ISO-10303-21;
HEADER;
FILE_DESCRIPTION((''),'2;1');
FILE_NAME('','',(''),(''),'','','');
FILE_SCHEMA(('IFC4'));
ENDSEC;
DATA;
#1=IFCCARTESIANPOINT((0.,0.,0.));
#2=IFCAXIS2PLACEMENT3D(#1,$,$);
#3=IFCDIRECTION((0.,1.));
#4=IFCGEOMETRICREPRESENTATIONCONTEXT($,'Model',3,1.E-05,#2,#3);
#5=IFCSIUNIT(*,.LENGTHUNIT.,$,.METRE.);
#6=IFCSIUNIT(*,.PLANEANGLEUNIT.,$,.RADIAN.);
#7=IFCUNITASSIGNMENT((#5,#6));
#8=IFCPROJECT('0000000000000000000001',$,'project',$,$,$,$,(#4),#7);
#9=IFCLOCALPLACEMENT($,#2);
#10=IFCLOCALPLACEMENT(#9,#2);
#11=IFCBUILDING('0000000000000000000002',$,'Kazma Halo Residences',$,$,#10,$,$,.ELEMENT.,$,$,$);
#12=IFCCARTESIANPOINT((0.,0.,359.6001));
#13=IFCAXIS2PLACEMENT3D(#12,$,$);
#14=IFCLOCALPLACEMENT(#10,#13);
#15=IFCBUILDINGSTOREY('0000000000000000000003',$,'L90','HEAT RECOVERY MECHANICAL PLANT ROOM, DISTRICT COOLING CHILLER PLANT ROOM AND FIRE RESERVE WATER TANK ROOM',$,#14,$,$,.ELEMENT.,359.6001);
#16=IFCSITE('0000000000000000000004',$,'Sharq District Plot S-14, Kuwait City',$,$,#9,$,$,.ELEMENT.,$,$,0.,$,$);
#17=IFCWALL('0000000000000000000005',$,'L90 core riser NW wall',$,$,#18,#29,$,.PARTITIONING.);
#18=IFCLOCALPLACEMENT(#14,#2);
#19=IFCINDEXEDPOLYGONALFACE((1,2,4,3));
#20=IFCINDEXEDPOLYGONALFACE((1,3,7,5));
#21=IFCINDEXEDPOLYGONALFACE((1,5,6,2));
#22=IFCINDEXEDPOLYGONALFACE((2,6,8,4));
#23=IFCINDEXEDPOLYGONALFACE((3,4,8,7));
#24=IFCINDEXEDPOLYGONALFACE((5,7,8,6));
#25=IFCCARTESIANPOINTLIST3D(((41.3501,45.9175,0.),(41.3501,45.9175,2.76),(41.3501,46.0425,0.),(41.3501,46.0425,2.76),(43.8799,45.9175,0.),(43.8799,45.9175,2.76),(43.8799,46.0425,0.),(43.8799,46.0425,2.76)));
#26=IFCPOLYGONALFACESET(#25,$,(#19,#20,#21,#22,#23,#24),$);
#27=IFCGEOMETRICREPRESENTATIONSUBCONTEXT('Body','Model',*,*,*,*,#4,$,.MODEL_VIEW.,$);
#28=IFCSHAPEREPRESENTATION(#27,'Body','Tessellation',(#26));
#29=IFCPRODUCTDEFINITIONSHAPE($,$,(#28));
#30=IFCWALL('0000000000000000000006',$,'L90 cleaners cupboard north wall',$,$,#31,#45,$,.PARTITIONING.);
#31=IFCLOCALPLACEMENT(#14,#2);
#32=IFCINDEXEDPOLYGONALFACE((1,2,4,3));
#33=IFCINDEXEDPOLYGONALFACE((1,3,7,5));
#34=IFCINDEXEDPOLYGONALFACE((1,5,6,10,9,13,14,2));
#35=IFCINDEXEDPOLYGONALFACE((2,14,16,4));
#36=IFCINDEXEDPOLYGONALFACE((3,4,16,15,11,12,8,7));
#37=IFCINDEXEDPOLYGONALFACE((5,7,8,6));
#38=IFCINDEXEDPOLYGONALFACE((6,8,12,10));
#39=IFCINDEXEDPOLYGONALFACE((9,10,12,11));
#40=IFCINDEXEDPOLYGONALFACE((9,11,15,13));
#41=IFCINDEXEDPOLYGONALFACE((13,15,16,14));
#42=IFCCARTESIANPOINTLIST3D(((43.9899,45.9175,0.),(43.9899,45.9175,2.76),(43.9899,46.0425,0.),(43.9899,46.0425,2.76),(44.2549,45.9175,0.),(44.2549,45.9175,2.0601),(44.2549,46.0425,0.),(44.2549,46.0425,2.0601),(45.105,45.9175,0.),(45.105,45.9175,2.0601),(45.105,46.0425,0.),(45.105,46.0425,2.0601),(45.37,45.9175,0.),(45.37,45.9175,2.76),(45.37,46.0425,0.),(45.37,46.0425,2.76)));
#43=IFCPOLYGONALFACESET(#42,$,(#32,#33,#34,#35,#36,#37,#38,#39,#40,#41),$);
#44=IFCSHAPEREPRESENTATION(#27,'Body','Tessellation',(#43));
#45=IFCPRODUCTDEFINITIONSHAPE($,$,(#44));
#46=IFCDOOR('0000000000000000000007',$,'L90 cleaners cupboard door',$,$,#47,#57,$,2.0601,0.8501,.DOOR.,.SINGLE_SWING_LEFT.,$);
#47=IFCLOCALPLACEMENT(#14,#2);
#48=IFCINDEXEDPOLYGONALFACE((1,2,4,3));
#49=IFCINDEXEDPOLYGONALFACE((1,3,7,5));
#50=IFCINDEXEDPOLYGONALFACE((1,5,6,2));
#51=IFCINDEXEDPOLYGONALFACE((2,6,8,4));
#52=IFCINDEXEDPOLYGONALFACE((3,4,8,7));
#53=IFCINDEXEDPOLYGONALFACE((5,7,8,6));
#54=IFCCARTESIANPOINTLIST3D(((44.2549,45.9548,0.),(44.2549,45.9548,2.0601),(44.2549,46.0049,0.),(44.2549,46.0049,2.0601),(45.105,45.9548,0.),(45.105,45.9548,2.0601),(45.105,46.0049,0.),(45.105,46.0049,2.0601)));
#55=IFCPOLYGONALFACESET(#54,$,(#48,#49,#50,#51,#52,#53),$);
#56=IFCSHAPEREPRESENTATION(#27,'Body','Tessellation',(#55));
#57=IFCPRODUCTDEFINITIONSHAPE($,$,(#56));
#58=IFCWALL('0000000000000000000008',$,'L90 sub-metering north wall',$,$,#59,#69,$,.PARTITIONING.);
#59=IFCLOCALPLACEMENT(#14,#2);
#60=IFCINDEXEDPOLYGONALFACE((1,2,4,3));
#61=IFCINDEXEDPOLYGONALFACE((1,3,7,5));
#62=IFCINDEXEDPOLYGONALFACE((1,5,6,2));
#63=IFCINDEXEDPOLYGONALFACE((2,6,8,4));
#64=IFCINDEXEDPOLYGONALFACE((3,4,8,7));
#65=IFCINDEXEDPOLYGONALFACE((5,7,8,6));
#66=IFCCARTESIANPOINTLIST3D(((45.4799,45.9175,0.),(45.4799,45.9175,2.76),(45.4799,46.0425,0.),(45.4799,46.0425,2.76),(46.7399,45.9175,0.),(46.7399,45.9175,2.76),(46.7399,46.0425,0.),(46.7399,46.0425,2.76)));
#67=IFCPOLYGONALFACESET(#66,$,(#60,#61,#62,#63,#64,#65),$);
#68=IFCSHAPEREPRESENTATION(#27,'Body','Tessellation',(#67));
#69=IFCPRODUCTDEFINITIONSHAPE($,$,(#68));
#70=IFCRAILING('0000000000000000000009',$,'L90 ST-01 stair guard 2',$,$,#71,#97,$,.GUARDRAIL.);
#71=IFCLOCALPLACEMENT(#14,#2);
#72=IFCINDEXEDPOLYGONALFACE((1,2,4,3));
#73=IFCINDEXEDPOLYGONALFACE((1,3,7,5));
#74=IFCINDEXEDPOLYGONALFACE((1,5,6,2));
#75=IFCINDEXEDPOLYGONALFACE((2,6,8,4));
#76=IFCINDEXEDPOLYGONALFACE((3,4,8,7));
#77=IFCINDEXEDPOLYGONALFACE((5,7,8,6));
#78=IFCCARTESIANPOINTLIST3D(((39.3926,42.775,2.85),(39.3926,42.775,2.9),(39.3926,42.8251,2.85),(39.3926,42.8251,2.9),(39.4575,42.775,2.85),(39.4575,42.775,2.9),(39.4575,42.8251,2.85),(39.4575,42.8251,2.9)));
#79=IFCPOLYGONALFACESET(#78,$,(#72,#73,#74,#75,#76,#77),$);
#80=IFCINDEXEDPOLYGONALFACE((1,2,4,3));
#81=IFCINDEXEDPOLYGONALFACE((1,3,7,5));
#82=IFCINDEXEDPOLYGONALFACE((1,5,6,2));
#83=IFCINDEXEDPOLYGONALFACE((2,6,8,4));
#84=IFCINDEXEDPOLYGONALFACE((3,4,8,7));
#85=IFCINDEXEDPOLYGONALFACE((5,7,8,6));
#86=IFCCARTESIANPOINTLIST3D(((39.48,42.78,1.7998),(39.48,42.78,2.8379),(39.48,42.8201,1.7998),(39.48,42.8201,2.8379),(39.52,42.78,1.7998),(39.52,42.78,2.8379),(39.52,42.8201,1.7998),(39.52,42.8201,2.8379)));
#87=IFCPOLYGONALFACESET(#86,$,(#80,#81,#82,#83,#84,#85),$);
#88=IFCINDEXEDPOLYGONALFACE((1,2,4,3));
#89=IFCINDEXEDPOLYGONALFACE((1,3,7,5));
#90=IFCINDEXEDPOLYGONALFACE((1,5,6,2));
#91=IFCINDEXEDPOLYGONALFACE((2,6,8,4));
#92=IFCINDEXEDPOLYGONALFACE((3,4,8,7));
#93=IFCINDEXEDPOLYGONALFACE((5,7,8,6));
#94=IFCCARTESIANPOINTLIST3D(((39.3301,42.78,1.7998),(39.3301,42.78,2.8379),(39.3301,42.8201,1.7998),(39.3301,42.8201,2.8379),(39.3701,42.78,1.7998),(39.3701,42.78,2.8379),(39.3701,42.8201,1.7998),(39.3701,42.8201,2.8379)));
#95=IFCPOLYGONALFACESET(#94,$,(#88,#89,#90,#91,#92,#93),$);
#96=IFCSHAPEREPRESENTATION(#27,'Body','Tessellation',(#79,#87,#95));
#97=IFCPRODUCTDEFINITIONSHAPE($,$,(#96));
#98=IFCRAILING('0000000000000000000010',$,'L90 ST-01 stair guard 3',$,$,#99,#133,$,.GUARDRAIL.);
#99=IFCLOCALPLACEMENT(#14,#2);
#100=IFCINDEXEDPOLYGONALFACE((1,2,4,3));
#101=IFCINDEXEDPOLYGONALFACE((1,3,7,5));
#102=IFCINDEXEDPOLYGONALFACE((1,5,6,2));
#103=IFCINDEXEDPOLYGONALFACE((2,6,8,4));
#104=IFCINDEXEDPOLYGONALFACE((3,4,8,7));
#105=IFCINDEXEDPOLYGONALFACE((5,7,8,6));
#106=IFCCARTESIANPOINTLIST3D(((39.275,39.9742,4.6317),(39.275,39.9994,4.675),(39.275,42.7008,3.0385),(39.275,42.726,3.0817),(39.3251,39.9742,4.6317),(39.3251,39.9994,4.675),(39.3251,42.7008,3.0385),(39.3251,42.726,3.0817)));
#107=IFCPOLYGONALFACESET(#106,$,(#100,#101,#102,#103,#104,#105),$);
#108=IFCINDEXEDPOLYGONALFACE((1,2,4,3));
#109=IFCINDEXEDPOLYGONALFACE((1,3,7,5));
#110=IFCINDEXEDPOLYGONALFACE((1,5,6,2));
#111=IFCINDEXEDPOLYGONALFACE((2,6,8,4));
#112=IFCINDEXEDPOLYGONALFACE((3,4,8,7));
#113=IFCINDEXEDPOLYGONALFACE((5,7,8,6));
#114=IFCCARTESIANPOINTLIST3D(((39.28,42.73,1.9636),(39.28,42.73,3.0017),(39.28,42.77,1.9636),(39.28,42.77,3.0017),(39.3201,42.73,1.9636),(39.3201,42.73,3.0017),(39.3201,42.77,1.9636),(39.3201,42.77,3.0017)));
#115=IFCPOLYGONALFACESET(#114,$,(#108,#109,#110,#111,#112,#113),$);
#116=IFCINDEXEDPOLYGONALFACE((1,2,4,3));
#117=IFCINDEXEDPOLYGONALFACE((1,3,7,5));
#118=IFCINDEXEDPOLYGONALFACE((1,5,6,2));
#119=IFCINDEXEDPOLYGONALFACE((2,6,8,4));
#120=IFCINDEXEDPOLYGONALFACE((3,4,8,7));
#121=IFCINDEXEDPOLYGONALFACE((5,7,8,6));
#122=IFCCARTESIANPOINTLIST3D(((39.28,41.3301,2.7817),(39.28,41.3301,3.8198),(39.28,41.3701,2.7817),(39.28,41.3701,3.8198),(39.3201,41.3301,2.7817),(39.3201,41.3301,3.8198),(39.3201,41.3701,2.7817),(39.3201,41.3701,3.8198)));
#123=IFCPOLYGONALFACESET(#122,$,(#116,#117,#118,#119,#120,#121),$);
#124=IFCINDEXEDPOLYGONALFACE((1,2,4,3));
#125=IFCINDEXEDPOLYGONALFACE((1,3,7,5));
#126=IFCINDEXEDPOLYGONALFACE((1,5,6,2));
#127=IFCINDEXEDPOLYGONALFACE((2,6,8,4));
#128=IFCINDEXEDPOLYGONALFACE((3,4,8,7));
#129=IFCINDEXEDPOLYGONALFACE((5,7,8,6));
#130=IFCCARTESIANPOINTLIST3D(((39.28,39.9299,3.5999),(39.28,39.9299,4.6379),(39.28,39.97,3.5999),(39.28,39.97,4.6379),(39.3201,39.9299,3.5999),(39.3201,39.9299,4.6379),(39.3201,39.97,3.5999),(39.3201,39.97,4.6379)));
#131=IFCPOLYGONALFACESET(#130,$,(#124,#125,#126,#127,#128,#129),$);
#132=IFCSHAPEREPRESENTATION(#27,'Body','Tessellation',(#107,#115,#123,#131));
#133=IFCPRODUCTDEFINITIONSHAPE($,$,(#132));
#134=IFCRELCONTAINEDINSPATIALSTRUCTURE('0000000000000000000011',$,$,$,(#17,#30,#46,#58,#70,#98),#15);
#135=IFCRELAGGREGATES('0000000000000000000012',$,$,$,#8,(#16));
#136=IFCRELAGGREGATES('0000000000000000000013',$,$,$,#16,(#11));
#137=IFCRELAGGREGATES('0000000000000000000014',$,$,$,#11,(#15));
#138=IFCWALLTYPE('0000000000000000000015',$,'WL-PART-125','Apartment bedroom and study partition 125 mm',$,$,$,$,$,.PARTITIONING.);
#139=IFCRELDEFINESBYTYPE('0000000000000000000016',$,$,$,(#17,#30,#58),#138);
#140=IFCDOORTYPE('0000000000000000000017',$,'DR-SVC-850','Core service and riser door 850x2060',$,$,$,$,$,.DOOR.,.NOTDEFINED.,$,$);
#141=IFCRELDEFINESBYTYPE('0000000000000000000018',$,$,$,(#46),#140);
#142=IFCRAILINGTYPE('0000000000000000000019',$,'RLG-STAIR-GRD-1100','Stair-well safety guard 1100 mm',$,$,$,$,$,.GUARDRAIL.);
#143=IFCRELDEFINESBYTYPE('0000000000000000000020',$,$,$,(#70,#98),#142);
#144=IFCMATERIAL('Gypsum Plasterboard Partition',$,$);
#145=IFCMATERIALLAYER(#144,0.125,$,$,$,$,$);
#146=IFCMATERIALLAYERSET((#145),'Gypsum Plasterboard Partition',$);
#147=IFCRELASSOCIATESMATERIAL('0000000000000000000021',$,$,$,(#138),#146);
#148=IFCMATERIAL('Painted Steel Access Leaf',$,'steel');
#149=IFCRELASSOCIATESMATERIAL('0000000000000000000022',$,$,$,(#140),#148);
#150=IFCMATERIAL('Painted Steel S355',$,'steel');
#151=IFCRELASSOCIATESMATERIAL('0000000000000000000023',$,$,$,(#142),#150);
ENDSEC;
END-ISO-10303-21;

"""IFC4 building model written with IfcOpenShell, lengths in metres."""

from ifc_helpers import new_model, si_unit, direction, frame, frame_2d, origin, origin_2d, place, context, subcontext, project, spatial, rectangle, extrude, material, layer, layer_set, type_object, element, fill, save


model = new_model("IFC4")

# Units and contexts
model_context = context("Model", 3, precision=1e-05, world=origin(), true_north=direction((0.0, 1.0)))
body_context = subcontext(model_context, "Body", "Model", "MODEL_VIEW")
ifc_project = project(units=[si_unit("LENGTHUNIT", "METRE"), si_unit("PLANEANGLEUNIT", "RADIAN")], contexts=[model_context])

# Site, building, storey
site_placement = place(None, origin())
site = spatial("IfcSite", under=ifc_project, at=site_placement, Name="Sharq District Plot S-14, Kuwait City", CompositionType="ELEMENT", RefElevation=0.0)
building_placement = place(site_placement, origin())
building = spatial("IfcBuilding", under=site, at=building_placement, Name="Kazma Halo Residences", CompositionType="ELEMENT")
storey_placement = place(building_placement, frame((0.0, 0.0, 359.6001)))
storey = spatial("IfcBuildingStorey", under=building, at=storey_placement, Name="L90", Description="HEAT RECOVERY MECHANICAL PLANT ROOM, DISTRICT COOLING CHILLER PLANT ROOM AND FIRE RESERVE WATER TANK ROOM", CompositionType="ELEMENT", Elevation=359.6001)

# Shared definitions
ifc_material_1 = material(Name="Gypsum Plasterboard Partition")
ifc_layer_1 = layer(ifc_material_1, 0.125)
ifc_layer_set_1 = layer_set([ifc_layer_1], Name="Gypsum Plasterboard Partition")
wall_type_1 = type_object("IfcWallType", Name="WL-PART-125", Description="Apartment bedroom and study partition 125 mm", PredefinedType="PARTITIONING", material=ifc_layer_set_1)

# Shared definitions
ifc_material_2 = material(Name="Painted Steel Access Leaf", Category="steel")
door_type_1 = type_object("IfcDoorType", Name="DR-SVC-850", Description="Core service and riser door 850x2060", OperationType="NOTDEFINED", PredefinedType="DOOR", material=ifc_material_2)

# Wall
wall_1_placement = place(storey_placement, frame((41.3501, 45.98, 0.0), z_axis=(0.0, 0.0, 1.0), x_axis=(1.0, 0.0, 0.0)))
element("IfcWall", 1, at=wall_1_placement, inside=storey, type_object=wall_type_1, Name="L90 core riser NW wall", PredefinedType="PARTITIONING", context=body_context, shape_type="SweptSolid", body=[
    extrude(rectangle(XDim=2.5298, YDim=0.125, at=frame_2d((1.2649, 0.0))), origin(), (0.0, 0.0, 1.0), 2.76),
])

# Wall, opening, door
wall_2_placement = place(storey_placement, frame((43.99, 45.98, 0.0), z_axis=(0.0, 0.0, 1.0), x_axis=(1.0, 0.0, 0.0)))
wall_2 = element("IfcWall", 2, at=wall_2_placement, inside=storey, type_object=wall_type_1, Name="L90 cleaners cupboard north wall", PredefinedType="PARTITIONING", context=body_context, shape_type="SweptSolid", body=[
    extrude(rectangle(XDim=1.3801, YDim=0.125, at=frame_2d((0.6899, 0.0))), origin(), (0.0, 0.0, 1.0), 2.76),
])
opening_1_placement = place(wall_2_placement, frame((0.2649, 0.0, 0.0)))
opening_1 = element("IfcOpeningElement", 3, at=opening_1_placement, cuts=wall_2, PredefinedType="OPENING", context=body_context, shape_type="SweptSolid", body=[
    extrude(rectangle(XDim=0.8501, YDim=2.0601, at=frame_2d((0.425, 1.03))), frame((0.0, 0.0725, 0.0), z_axis=(0.0, -1.0, 0.0), x_axis=(1.0, 0.0, 0.0)), (0.0, 0.0, 1.0), 0.145),
])
door_1_placement = place(opening_1_placement, origin())
door_1 = element("IfcDoor", 4, at=door_1_placement, inside=storey, type_object=door_type_1, Name="L90 cleaners cupboard door", OperationType="SINGLE_SWING_LEFT", OverallHeight=2.0601, OverallWidth=0.8501, PredefinedType="DOOR", context=body_context, shape_type="SweptSolid", body=[
    extrude(rectangle(XDim=0.8501, YDim=2.0601, at=frame_2d((0.425, 1.03))), frame((0.0, 0.0249, 0.0), z_axis=(0.0, -1.0, 0.0), x_axis=(1.0, 0.0, 0.0)), (0.0, 0.0, 1.0), 0.05),
])
fill(opening_1, door_1)

# Wall
wall_3_placement = place(storey_placement, frame((45.48, 45.98, 0.0), z_axis=(0.0, 0.0, 1.0), x_axis=(1.0, 0.0, 0.0)))
element("IfcWall", 5, at=wall_3_placement, inside=storey, type_object=wall_type_1, Name="L90 sub-metering north wall", PredefinedType="PARTITIONING", context=body_context, shape_type="SweptSolid", body=[
    extrude(rectangle(XDim=1.26, YDim=0.125, at=frame_2d((0.6299, 0.0))), origin(), (0.0, 0.0, 1.0), 2.76),
])

# Railings
ifc_material_3 = material(Name="Painted Steel S355", Category="steel")
railing_type = type_object("IfcRailingType", Name="RLG-STAIR-GRD-1100", Description="Stair-well safety guard 1100 mm", PredefinedType="GUARDRAIL", material=ifc_material_3)
railing_1_placement = place(storey_placement, frame((39.5, 42.8, 1.7998)))
element("IfcRailing", 6, at=railing_1_placement, inside=storey, type_object=railing_type, Name="L90 ST-01 stair guard 2", PredefinedType="GUARDRAIL", context=body_context, shape_type="SweptSolid", body=[
    extrude(rectangle(XDim=0.05, YDim=0.05, at=origin_2d()), frame((-0.0425, 0.0, 1.0752), z_axis=(-1.0, 0.0, 0.0), x_axis=(0.0, -1.0, 0.0)), (0.0, 0.0, 1.0), 0.0649),
    extrude(rectangle(XDim=0.04, YDim=0.04, at=origin_2d()), origin(), (0.0, 0.0, 1.0), 1.0381),
    extrude(rectangle(XDim=0.04, YDim=0.04, at=origin_2d()), frame((-0.1499, 0.0, 0.0)), (0.0, 0.0, 1.0), 1.0381),
])
railing_2_placement = place(storey_placement, frame((39.3, 42.75, 1.9636)))
element("IfcRailing", 7, at=railing_2_placement, inside=storey, type_object=railing_type, Name="L90 ST-01 stair guard 3", PredefinedType="GUARDRAIL", context=body_context, shape_type="SweptSolid", body=[
    extrude(rectangle(XDim=0.05, YDim=0.05, at=origin_2d()), frame((0.0, -0.0366, 1.0964), z_axis=(0.0, -0.863394, 0.504531), x_axis=(1.0, 0.0, 0.0)), (0.0, 0.0, 1.0), 3.158),
    extrude(rectangle(XDim=0.04, YDim=0.04, at=origin_2d()), origin(), (0.0, 0.0, 1.0), 1.0381),
    extrude(rectangle(XDim=0.04, YDim=0.04, at=origin_2d()), frame((0.0, -1.3999, 0.8181)), (0.0, 0.0, 1.0), 1.0381),
    extrude(rectangle(XDim=0.04, YDim=0.04, at=origin_2d()), frame((0.0, -2.8, 1.6362)), (0.0, 0.0, 1.0), 1.0381),
])

save(model, "model.ifc")
